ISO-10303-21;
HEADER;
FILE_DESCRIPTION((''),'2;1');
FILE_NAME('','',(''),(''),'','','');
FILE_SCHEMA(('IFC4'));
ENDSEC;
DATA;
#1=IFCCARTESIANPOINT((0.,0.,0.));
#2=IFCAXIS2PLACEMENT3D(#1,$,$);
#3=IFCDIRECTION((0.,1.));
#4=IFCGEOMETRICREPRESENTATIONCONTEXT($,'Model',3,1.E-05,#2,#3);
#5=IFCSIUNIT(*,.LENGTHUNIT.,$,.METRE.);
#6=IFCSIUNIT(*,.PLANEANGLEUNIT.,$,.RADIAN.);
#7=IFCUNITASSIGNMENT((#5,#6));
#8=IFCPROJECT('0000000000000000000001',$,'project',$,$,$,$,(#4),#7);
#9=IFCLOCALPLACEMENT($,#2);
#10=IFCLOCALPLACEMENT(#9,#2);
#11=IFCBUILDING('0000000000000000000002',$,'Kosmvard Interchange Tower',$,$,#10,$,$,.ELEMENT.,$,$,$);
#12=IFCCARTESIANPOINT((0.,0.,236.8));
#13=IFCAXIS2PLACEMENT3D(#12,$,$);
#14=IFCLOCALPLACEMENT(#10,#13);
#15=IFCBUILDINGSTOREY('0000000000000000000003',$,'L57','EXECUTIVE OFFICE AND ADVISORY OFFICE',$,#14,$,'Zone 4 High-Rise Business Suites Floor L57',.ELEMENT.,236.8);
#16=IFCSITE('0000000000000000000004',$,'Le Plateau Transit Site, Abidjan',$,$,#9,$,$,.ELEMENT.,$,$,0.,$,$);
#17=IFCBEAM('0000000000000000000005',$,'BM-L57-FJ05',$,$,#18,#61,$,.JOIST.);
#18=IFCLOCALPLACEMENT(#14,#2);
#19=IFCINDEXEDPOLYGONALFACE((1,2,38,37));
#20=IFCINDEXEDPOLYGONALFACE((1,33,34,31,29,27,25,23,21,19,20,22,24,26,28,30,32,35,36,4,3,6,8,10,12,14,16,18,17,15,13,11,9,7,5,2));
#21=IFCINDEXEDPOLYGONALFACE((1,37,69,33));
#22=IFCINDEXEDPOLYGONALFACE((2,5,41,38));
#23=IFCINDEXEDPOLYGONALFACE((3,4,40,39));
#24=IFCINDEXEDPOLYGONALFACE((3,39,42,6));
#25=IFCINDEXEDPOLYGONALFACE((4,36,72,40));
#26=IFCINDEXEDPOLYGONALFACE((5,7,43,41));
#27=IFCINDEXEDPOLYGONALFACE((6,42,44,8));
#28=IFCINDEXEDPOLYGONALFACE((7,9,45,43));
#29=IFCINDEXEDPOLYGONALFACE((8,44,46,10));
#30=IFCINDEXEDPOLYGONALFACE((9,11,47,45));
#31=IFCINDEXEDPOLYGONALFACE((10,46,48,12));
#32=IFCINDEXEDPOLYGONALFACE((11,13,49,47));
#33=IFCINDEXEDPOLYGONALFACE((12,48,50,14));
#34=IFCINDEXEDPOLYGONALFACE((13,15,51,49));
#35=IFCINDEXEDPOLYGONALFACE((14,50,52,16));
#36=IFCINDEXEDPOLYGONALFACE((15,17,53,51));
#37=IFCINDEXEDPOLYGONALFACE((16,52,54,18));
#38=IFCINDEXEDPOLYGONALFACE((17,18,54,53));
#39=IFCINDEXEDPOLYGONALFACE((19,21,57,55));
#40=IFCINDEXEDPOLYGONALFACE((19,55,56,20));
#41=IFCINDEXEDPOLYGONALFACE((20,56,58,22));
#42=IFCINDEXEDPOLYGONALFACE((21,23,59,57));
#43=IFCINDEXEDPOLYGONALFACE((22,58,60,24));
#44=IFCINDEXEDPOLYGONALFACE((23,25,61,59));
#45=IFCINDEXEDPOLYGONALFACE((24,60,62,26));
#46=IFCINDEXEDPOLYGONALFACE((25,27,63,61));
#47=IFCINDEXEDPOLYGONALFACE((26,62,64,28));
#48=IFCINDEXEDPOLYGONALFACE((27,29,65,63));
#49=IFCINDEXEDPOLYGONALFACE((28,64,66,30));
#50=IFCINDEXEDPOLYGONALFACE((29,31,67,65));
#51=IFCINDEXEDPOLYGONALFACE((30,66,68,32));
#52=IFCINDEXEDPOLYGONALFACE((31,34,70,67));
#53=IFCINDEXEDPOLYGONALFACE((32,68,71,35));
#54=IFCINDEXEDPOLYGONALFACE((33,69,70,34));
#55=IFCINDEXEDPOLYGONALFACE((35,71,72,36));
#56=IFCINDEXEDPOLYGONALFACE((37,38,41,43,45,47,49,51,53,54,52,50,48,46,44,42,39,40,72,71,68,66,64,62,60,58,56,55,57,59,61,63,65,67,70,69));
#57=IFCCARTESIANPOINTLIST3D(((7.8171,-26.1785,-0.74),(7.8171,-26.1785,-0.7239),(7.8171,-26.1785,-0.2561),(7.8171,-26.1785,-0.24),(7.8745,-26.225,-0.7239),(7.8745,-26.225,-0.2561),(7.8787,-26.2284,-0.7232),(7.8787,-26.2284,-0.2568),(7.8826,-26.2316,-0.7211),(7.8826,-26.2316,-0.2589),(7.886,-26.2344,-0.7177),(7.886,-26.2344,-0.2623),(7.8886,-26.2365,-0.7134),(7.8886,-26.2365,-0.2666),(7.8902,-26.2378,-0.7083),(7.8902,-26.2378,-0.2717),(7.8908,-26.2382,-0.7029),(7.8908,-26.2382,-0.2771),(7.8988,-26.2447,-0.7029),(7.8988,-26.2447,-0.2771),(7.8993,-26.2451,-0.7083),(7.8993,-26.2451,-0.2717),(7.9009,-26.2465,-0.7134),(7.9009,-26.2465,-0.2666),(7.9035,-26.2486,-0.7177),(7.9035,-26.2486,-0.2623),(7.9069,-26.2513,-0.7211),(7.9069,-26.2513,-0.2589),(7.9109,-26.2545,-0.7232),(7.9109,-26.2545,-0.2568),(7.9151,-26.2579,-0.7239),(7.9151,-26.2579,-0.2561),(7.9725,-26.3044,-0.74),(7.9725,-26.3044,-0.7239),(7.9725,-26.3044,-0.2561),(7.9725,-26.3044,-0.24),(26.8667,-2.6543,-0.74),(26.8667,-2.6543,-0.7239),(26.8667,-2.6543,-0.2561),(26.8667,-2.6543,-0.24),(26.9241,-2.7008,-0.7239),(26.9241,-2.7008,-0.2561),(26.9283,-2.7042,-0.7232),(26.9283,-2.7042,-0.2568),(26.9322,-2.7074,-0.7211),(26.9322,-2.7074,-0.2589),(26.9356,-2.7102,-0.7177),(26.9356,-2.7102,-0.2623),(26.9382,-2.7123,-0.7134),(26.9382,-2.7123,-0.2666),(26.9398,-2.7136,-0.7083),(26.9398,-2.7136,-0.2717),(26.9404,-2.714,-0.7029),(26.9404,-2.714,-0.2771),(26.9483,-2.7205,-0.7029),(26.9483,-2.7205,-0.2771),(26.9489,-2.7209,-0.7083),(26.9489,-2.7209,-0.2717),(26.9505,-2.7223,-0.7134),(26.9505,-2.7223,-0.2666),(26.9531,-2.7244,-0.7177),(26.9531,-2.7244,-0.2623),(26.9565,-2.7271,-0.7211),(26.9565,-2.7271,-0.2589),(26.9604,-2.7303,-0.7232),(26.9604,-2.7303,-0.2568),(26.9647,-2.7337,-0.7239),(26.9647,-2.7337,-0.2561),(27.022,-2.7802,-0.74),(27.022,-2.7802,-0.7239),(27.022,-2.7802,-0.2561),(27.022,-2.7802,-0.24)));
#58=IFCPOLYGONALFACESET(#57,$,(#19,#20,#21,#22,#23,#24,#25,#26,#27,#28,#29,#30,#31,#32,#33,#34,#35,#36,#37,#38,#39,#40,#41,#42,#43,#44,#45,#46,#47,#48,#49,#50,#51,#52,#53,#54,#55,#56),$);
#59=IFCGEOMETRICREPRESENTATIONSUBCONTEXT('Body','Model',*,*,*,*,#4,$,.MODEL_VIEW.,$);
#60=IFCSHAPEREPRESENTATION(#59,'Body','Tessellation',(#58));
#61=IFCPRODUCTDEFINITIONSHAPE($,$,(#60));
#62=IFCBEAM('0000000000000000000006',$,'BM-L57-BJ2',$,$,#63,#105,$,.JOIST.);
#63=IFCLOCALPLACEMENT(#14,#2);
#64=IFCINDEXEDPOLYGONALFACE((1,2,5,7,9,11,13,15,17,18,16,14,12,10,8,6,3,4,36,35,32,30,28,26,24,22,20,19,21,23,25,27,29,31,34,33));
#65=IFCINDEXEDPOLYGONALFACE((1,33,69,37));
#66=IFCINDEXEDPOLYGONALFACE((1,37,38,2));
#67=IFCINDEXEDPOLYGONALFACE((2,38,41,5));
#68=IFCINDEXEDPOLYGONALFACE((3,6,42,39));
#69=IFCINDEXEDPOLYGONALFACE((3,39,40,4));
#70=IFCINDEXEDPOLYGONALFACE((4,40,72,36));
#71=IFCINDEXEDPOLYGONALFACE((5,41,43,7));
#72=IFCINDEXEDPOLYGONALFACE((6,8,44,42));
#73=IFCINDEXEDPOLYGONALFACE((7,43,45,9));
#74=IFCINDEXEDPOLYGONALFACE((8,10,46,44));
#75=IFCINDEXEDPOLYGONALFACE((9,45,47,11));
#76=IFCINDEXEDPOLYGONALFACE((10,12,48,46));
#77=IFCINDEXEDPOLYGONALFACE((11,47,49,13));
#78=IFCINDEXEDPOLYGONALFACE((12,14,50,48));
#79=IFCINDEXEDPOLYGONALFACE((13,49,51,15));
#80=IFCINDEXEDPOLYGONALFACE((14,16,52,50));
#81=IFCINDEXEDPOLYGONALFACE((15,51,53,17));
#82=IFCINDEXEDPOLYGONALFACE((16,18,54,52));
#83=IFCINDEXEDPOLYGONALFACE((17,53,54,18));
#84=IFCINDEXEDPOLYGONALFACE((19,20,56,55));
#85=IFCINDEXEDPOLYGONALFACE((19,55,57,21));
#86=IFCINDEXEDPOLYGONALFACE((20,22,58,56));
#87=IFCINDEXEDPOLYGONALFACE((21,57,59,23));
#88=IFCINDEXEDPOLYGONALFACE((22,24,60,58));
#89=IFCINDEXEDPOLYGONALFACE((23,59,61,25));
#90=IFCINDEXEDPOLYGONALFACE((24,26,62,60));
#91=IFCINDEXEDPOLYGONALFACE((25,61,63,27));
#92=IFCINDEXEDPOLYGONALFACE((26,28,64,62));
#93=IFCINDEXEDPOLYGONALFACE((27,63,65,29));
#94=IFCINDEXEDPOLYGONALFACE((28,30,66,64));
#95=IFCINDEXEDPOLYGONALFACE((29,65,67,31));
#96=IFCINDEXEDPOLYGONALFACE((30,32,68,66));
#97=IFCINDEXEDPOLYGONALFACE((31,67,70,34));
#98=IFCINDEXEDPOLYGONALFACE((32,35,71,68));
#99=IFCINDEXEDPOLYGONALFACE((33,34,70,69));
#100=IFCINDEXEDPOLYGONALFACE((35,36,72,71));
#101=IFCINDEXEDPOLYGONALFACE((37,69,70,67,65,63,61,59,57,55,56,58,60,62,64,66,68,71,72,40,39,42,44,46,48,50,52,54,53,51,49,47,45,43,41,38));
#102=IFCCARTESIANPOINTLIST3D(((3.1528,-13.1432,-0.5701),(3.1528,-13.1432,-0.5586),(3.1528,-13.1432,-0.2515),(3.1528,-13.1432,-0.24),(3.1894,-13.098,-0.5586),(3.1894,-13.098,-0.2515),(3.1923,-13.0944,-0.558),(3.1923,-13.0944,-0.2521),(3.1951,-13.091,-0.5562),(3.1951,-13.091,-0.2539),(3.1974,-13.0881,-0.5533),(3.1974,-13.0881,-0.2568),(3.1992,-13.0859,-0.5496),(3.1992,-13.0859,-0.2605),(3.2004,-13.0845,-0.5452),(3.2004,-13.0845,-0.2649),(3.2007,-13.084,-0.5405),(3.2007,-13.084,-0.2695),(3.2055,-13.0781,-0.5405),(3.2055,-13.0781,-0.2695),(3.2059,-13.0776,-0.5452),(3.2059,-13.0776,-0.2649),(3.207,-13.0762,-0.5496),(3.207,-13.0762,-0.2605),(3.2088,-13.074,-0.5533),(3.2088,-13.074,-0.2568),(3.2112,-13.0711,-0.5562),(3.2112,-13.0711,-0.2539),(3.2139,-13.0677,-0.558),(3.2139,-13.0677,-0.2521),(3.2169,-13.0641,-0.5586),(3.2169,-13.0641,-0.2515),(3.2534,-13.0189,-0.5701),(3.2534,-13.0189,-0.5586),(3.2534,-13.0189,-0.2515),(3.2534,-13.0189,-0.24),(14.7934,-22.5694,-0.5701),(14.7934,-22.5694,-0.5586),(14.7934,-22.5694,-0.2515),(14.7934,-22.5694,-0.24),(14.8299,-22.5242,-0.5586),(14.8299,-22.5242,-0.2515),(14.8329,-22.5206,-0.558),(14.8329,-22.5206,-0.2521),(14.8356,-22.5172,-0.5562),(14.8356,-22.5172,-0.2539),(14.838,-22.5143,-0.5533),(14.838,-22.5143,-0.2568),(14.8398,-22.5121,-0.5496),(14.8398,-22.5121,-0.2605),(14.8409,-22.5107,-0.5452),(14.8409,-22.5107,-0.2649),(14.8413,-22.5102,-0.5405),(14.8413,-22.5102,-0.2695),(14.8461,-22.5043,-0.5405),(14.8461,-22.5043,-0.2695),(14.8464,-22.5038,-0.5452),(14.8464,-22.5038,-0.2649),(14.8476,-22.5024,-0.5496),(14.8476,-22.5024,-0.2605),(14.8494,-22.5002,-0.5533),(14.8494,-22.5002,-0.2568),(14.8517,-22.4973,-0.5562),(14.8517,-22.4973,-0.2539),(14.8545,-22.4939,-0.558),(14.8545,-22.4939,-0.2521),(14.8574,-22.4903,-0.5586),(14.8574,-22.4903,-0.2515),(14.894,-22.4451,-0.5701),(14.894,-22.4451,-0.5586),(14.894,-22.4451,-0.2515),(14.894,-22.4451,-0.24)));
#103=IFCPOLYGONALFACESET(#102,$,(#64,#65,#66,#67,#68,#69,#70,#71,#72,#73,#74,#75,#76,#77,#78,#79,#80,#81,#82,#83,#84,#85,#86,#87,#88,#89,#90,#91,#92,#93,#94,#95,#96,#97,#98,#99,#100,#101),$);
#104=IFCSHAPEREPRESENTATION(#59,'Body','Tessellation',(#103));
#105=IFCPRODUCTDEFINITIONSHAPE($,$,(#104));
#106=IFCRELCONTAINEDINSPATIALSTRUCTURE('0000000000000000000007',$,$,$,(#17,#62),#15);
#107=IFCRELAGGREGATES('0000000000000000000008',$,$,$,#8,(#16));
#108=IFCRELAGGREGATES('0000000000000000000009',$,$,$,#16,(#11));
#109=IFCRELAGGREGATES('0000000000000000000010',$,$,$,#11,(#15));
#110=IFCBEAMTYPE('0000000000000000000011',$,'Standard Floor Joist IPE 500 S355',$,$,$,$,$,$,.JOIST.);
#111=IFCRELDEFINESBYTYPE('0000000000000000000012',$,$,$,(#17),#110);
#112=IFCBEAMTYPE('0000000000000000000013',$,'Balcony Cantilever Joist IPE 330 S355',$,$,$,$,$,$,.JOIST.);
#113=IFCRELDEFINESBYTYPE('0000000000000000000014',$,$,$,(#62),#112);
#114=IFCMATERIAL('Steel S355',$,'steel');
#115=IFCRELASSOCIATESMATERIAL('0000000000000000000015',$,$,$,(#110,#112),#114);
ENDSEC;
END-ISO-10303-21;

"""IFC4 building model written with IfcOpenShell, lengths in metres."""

from ifc_helpers import new_model, si_unit, direction, frame, origin, origin_2d, place, context, subcontext, project, spatial, i_section, extrude, source, transform, mapped, material, material_profile, profile_set, type_object, element, save


model = new_model("IFC4")

# Units and contexts
model_context = context("Model", 3, precision=1e-05, world=origin(), true_north=direction((0.0, 1.0)))
body_context = subcontext(model_context, "Body", "Model", "MODEL_VIEW")
ifc_project = project(units=[si_unit("LENGTHUNIT", "METRE"), si_unit("PLANEANGLEUNIT", "RADIAN")], contexts=[model_context])

# Site, building, storey
site_placement = place(None, origin())
site = spatial("IfcSite", under=ifc_project, at=site_placement, Name="Le Plateau Transit Site, Abidjan", CompositionType="ELEMENT", RefElevation=0.0)
building_placement = place(site_placement, origin())
building = spatial("IfcBuilding", under=site, at=building_placement, Name="Kosmvard Interchange Tower", CompositionType="ELEMENT")
storey_placement = place(building_placement, frame((0.0, 0.0, 236.8)))
storey = spatial("IfcBuildingStorey", under=building, at=storey_placement, Name="L57", Description="EXECUTIVE OFFICE AND ADVISORY OFFICE", LongName="Zone 4 High-Rise Business Suites Floor L57", CompositionType="ELEMENT", Elevation=236.8)

# Beams
ifc_material_1 = material(Name="Steel S355", Category="steel")
ifc_material_profile_1 = material_profile(ifc_material_1, i_section(OverallWidth=0.2, OverallDepth=0.5, WebThickness=0.0103, FlangeThickness=0.0161, FilletRadius=0.021, at=origin_2d()), Name="IPE 500")
ifc_profile_set_1 = profile_set([ifc_material_profile_1], Name="Steel S355")
beam_type_1 = type_object("IfcBeamType", Name="Standard Floor Joist IPE 500 S355", PredefinedType="JOIST", material=ifc_profile_set_1)
shared_shape_1 = source(origin(), body_context, "Body", "SweptSolid", [
    extrude(i_section(OverallWidth=0.2, OverallDepth=0.5, WebThickness=0.0103, FlangeThickness=0.0161, FilletRadius=0.021, at=origin_2d()), origin(), (0.0, 0.0, 1.0), 30.27),
])
beam_1_placement = place(storey_placement, frame((7.8948, -26.2415, -0.49), z_axis=(0.629322, 0.777145, 0.0), x_axis=(-0.777145, 0.629322, 0.0)))
element("IfcBeam", 1, at=beam_1_placement, inside=storey, type_object=beam_type_1, Name="BM-L57-FJ05", PredefinedType="JOIST", context=body_context, shape_type="MappedRepresentation", body=[
    mapped(shared_shape_1, transform((0.0, 0.0, 0.0), scale=1.0)),
])
ifc_material_profile_2 = material_profile(ifc_material_1, i_section(OverallWidth=0.1599, OverallDepth=0.3301, WebThickness=0.0076, FlangeThickness=0.0115, FilletRadius=0.0181, at=origin_2d()), Name="IPE 330")
ifc_profile_set_2 = profile_set([ifc_material_profile_2], Name="Steel S355")
beam_type_2 = type_object("IfcBeamType", Name="Balcony Cantilever Joist IPE 330 S355", PredefinedType="JOIST", material=ifc_profile_set_2)
shared_shape_2 = source(origin(), body_context, "Body", "SweptSolid", [
    extrude(i_section(OverallWidth=0.1599, OverallDepth=0.3301, WebThickness=0.0076, FlangeThickness=0.0115, FilletRadius=0.0181, at=origin_2d()), origin(), (0.0, 0.0, 1.0), 14.9785),
])
beam_2_placement = place(storey_placement, frame((3.2031, -13.0811, -0.405), z_axis=(0.77715, -0.629315, 0.0), x_axis=(0.629315, 0.77715, 0.0)))
element("IfcBeam", 2, at=beam_2_placement, inside=storey, type_object=beam_type_2, Name="BM-L57-BJ2", PredefinedType="JOIST", context=body_context, shape_type="MappedRepresentation", body=[
    mapped(shared_shape_2, transform((0.0, 0.0, 0.0), scale=1.0)),
])

save(model, "model.ifc")
